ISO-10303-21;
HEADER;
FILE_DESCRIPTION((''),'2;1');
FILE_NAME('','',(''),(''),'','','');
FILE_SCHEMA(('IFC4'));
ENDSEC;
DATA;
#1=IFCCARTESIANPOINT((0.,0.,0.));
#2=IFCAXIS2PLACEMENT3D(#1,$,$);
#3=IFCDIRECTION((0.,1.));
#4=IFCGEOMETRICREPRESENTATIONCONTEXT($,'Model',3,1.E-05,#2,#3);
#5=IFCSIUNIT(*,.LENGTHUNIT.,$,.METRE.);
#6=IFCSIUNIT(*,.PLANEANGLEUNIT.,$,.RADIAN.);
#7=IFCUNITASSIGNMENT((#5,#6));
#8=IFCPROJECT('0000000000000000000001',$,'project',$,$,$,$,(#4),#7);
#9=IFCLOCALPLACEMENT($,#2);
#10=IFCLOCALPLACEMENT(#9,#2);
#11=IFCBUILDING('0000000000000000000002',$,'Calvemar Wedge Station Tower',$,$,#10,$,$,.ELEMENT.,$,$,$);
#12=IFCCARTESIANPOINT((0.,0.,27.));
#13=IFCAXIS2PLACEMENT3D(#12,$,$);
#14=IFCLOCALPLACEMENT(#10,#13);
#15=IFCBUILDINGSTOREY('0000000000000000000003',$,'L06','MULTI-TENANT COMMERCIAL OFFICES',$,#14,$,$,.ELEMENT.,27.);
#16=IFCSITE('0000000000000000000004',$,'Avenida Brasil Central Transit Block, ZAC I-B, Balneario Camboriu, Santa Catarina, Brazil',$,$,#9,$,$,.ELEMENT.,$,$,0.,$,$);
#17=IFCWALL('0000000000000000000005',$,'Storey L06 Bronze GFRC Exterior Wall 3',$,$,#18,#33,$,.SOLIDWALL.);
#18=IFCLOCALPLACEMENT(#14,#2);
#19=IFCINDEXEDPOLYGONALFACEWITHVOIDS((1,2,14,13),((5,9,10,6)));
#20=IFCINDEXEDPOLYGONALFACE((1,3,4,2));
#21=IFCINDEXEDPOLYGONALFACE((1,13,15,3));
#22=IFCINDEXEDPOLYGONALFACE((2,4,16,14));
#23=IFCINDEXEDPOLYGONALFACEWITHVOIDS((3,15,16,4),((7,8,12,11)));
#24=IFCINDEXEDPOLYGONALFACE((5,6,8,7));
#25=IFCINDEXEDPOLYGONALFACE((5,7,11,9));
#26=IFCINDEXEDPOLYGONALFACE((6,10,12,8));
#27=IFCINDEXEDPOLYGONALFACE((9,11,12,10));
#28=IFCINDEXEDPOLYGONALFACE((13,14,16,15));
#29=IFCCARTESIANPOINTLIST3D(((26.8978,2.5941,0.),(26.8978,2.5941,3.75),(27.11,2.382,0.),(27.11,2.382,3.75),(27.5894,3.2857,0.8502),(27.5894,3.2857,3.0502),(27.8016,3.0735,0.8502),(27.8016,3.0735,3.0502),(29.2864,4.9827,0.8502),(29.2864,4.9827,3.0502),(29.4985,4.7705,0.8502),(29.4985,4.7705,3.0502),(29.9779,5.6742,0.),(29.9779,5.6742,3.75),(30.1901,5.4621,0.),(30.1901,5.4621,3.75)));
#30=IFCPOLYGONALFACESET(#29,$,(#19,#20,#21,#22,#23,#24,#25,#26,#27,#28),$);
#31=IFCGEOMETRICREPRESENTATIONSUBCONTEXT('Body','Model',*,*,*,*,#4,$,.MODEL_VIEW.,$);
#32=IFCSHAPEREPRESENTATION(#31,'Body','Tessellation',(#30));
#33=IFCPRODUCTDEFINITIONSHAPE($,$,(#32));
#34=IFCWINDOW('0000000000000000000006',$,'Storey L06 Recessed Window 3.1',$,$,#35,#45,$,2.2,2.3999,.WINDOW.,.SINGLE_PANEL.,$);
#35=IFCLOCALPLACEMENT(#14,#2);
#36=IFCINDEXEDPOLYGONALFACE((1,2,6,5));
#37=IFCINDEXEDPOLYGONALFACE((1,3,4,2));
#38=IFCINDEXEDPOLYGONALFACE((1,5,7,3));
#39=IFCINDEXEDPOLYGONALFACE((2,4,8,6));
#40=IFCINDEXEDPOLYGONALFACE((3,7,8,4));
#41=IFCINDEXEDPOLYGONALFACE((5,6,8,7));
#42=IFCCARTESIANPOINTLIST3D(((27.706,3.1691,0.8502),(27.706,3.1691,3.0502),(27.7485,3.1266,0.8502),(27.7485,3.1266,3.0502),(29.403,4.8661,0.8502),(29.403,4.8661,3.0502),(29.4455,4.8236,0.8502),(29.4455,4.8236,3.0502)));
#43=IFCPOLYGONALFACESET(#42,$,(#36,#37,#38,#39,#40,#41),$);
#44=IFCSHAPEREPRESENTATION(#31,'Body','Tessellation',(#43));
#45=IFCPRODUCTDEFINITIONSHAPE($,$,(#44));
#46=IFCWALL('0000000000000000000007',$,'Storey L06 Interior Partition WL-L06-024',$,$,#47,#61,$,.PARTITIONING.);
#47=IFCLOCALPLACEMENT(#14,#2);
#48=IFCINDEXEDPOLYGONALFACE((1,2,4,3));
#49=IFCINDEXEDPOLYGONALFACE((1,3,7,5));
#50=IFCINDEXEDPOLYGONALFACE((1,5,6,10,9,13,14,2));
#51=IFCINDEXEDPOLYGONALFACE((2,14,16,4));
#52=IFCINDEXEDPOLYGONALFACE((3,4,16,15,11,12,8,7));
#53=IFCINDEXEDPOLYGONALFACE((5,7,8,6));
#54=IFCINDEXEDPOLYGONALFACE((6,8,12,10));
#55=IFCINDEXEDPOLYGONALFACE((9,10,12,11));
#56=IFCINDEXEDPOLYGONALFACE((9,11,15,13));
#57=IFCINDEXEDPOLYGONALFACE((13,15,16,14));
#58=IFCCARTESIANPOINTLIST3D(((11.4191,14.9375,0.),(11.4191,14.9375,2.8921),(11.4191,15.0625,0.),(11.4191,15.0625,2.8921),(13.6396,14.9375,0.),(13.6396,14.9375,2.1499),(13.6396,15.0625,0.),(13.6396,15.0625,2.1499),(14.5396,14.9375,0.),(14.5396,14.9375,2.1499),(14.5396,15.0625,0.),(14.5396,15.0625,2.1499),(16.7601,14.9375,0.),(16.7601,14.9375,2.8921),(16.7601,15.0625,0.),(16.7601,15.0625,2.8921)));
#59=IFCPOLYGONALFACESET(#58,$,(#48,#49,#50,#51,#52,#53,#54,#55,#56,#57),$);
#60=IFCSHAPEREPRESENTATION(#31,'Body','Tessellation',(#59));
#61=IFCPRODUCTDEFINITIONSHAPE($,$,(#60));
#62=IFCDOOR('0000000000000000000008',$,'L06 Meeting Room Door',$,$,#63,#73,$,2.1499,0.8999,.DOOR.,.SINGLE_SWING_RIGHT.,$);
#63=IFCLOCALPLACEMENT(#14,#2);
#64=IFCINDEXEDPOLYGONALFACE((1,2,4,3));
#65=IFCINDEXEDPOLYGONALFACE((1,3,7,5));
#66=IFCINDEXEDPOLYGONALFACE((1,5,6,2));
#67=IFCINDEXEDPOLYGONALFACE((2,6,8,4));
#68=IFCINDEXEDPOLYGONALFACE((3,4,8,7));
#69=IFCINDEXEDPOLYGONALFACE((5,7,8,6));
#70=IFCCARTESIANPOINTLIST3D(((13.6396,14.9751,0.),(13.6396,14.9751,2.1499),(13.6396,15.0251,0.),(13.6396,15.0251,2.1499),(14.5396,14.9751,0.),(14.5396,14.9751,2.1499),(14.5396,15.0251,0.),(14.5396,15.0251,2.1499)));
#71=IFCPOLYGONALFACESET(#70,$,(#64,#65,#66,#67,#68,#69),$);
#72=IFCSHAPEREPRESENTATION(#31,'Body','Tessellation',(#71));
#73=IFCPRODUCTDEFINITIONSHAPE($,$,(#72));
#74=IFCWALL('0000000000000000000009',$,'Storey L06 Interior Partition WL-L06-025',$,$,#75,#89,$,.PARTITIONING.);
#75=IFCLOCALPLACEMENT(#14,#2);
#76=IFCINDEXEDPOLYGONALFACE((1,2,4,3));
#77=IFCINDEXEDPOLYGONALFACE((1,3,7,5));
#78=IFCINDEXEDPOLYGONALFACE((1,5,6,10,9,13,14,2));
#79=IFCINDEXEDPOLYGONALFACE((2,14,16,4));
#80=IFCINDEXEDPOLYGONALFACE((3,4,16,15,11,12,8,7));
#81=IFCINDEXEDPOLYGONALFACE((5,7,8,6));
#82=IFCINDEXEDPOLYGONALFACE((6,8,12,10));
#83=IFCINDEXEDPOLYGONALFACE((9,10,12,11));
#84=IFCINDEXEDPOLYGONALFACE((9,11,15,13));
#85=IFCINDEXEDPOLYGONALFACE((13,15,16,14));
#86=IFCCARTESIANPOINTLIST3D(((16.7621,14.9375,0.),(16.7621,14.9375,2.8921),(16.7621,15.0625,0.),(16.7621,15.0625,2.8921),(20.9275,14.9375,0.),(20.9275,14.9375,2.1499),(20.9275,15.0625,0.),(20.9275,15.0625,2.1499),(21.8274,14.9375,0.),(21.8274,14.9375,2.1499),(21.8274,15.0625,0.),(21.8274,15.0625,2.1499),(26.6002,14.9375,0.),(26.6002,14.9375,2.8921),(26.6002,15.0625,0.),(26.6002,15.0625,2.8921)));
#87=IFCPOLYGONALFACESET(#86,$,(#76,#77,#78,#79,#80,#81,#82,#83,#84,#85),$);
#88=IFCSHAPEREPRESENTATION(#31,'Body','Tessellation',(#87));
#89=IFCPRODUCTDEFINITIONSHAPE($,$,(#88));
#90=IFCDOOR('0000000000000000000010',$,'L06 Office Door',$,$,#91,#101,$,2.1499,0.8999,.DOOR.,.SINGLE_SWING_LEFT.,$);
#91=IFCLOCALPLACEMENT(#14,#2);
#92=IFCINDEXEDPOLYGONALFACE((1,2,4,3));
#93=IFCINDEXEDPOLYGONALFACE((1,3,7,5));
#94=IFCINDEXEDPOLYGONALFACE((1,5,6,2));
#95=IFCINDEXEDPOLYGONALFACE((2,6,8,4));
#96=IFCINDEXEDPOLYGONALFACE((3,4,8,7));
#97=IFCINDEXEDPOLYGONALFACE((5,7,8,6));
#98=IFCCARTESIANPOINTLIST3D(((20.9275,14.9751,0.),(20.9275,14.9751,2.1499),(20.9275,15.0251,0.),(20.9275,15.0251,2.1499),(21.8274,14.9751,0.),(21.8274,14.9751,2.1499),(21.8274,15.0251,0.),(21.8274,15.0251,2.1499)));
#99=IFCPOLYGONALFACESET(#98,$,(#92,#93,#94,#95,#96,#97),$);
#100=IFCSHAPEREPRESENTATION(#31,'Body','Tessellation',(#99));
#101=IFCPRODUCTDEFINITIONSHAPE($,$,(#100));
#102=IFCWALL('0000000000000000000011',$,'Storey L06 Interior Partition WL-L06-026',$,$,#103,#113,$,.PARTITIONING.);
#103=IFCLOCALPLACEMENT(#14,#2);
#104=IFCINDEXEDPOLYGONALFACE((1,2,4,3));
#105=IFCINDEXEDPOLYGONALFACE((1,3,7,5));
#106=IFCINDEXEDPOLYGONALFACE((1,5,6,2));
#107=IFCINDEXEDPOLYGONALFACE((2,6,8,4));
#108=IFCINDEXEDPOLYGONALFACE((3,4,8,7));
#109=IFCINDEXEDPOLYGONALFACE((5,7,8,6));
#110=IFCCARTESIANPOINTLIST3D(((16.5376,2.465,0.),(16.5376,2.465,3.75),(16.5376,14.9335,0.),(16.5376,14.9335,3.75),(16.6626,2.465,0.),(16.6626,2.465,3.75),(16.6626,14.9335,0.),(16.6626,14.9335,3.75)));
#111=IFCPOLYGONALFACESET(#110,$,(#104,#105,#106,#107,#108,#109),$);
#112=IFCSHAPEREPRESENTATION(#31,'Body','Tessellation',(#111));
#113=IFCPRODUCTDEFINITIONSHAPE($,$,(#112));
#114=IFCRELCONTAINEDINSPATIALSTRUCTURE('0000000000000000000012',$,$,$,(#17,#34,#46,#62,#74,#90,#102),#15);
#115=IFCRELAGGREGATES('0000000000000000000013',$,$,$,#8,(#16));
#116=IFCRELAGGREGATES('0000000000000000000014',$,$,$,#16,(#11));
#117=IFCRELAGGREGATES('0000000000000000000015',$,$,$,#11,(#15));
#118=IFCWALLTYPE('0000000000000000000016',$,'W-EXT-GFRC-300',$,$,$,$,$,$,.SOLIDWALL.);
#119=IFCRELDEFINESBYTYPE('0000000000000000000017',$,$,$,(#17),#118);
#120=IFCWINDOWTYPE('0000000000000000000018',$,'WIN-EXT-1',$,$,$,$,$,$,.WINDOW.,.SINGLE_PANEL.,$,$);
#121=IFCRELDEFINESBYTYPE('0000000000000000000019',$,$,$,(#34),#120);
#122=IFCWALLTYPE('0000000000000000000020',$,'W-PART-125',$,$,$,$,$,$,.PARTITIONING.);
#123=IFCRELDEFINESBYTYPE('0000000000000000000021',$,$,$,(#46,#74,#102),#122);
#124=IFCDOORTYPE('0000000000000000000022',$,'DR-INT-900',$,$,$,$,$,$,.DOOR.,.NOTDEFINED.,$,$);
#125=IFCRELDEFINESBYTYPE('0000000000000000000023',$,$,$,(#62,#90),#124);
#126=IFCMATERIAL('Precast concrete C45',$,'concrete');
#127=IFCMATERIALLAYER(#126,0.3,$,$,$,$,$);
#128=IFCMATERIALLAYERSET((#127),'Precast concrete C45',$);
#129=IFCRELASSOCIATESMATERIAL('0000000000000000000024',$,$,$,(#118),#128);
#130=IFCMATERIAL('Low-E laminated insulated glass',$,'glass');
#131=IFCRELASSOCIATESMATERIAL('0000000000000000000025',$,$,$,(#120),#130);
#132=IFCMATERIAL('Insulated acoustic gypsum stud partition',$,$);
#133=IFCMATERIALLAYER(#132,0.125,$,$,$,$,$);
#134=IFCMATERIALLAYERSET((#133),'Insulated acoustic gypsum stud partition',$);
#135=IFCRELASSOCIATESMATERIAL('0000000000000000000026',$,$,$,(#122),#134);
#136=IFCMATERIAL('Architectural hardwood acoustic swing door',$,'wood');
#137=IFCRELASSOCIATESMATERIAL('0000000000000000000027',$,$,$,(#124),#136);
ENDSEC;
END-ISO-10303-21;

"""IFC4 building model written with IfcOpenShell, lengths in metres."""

from ifc_helpers import new_model, si_unit, direction, frame, frame_2d, origin, place, context, subcontext, project, spatial, rectangle, extrude, source, transform, mapped, material, layer, layer_set, type_object, element, fill, save


model = new_model("IFC4")

# Units and contexts
model_context = context("Model", 3, precision=1e-05, world=origin(), true_north=direction((0.0, 1.0)))
body_context = subcontext(model_context, "Body", "Model", "MODEL_VIEW")
ifc_project = project(units=[si_unit("LENGTHUNIT", "METRE"), si_unit("PLANEANGLEUNIT", "RADIAN")], contexts=[model_context])

# Site, building, storey
site_placement = place(None, origin())
site = spatial("IfcSite", under=ifc_project, at=site_placement, Name="Avenida Brasil Central Transit Block, ZAC I-B, Balneario Camboriu, Santa Catarina, Brazil", CompositionType="ELEMENT", RefElevation=0.0)
building_placement = place(site_placement, origin())
building = spatial("IfcBuilding", under=site, at=building_placement, Name="Calvemar Wedge Station Tower", CompositionType="ELEMENT")
storey_placement = place(building_placement, frame((0.0, 0.0, 27.0)))
storey = spatial("IfcBuildingStorey", under=building, at=storey_placement, Name="L06", Description="MULTI-TENANT COMMERCIAL OFFICES", CompositionType="ELEMENT", Elevation=27.0)

# Shared definitions
ifc_material_1 = material(Name="Precast concrete C45", Category="concrete")
ifc_layer_1 = layer(ifc_material_1, 0.3)
ifc_layer_set_1 = layer_set([ifc_layer_1], Name="Precast concrete C45")
wall_type_1 = type_object("IfcWallType", Name="W-EXT-GFRC-300", PredefinedType="SOLIDWALL", material=ifc_layer_set_1)
shared_shape_1 = source(origin(), body_context, "Body", "SweptSolid", [
    extrude(rectangle(XDim=2.3999, YDim=2.2, at=frame_2d((1.2, 1.1001))), frame((0.0, 0.1602, 0.0), z_axis=(0.0, -1.0, 0.0), x_axis=(1.0, 0.0, 0.0)), (0.0, 0.0, 1.0), 0.3201),
])
ifc_material_2 = material(Name="Low-E laminated insulated glass", Category="glass")
window_type_1 = type_object("IfcWindowType", Name="WIN-EXT-1", PartitioningType="SINGLE_PANEL", PredefinedType="WINDOW", material=ifc_material_2)
shared_shape_2 = source(origin(), body_context, "Body", "SweptSolid", [
    extrude(rectangle(XDim=2.3999, YDim=2.2, at=frame_2d((1.2, 1.1001))), frame((0.0, -0.0149, 0.0), z_axis=(0.0, -1.0, 0.0), x_axis=(1.0, 0.0, 0.0)), (0.0, 0.0, 1.0), 0.0601),
])

# Wall, opening, window
wall_1_placement = place(storey_placement, frame((27.0039, 2.488, 0.0), z_axis=(0.0, 0.0, 1.0), x_axis=(0.707107, 0.707107, 0.0)))
wall_1 = element("IfcWall", 1, at=wall_1_placement, inside=storey, type_object=wall_type_1, Name="Storey L06 Bronze GFRC Exterior Wall 3", PredefinedType="SOLIDWALL", context=body_context, shape_type="SweptSolid", body=[
    extrude(rectangle(XDim=4.356, YDim=0.3, at=frame_2d((2.178, 0.0))), origin(), (0.0, 0.0, 1.0), 3.75),
])
opening_1_placement = place(wall_1_placement, frame((0.978, 0.0, 0.8501)))
opening_1 = element("IfcOpeningElement", 2, at=opening_1_placement, cuts=wall_1, PredefinedType="OPENING", context=body_context, shape_type="MappedRepresentation", body=[
    mapped(shared_shape_1, transform((0.0, 0.0, 0.0), scale=1.0)),
])
window_1_placement = place(opening_1_placement, origin())
window_1 = element("IfcWindow", 3, at=window_1_placement, inside=storey, type_object=window_type_1, Name="Storey L06 Recessed Window 3.1", OverallHeight=2.2, OverallWidth=2.3999, PartitioningType="SINGLE_PANEL", PredefinedType="WINDOW", context=body_context, shape_type="MappedRepresentation", body=[
    mapped(shared_shape_2, transform((0.0, 0.0, 0.0), scale=1.0)),
])
fill(opening_1, window_1)

# Walls, openings, doors
ifc_material_3 = material(Name="Insulated acoustic gypsum stud partition")
ifc_layer_2 = layer(ifc_material_3, 0.125)
ifc_layer_set_2 = layer_set([ifc_layer_2], Name="Insulated acoustic gypsum stud partition")
wall_type_2 = type_object("IfcWallType", Name="W-PART-125", PredefinedType="PARTITIONING", material=ifc_layer_set_2)
wall_2_placement = place(storey_placement, frame((16.76, 15.0, 0.0), z_axis=(0.0, 0.0, 1.0), x_axis=(-1.0, 0.0, 0.0)))
wall_2 = element("IfcWall", 4, at=wall_2_placement, inside=storey, type_object=wall_type_2, Name="Storey L06 Interior Partition WL-L06-024", PredefinedType="PARTITIONING", context=body_context, shape_type="SweptSolid", body=[
    extrude(rectangle(XDim=5.3411, YDim=0.125, at=frame_2d((2.6704, 0.0))), origin(), (0.0, 0.0, 1.0), 2.8921),
])
shared_shape_3 = source(origin(), body_context, "Body", "SweptSolid", [
    extrude(rectangle(XDim=0.8999, YDim=2.1499, at=frame_2d((0.45, 1.075))), frame((0.0, 0.0725, 0.0), z_axis=(0.0, -1.0, 0.0), x_axis=(1.0, 0.0, 0.0)), (0.0, 0.0, 1.0), 0.145),
])
opening_2_placement = place(wall_2_placement, frame((2.2205, 0.0, 0.0)))
opening_2 = element("IfcOpeningElement", 5, at=opening_2_placement, cuts=wall_2, PredefinedType="OPENING", context=body_context, shape_type="MappedRepresentation", body=[
    mapped(shared_shape_3, transform((0.0, 0.0, 0.0), scale=1.0)),
])
ifc_material_4 = material(Name="Architectural hardwood acoustic swing door", Category="wood")
door_type = type_object("IfcDoorType", Name="DR-INT-900", OperationType="NOTDEFINED", PredefinedType="DOOR", material=ifc_material_4)
shared_shape_4 = source(origin(), body_context, "Body", "SweptSolid", [
    extrude(rectangle(XDim=0.8999, YDim=2.1499, at=frame_2d((0.45, 1.075))), frame((0.0, 0.0249, 0.0), z_axis=(0.0, -1.0, 0.0), x_axis=(1.0, 0.0, 0.0)), (0.0, 0.0, 1.0), 0.05),
])
door_1_placement = place(opening_2_placement, origin())
door_1 = element("IfcDoor", 6, at=door_1_placement, inside=storey, type_object=door_type, Name="L06 Meeting Room Door", OperationType="SINGLE_SWING_RIGHT", OverallHeight=2.1499, OverallWidth=0.8999, PredefinedType="DOOR", context=body_context, shape_type="MappedRepresentation", body=[
    mapped(shared_shape_4, transform((0.0, 0.0, 0.0), scale=1.0)),
])
fill(opening_2, door_1)
wall_3_placement = place(storey_placement, frame((26.6001, 15.0, 0.0), z_axis=(0.0, 0.0, 1.0), x_axis=(-1.0, 0.0, 0.0)))
wall_3 = element("IfcWall", 7, at=wall_3_placement, inside=storey, type_object=wall_type_2, Name="Storey L06 Interior Partition WL-L06-025", PredefinedType="PARTITIONING", context=body_context, shape_type="SweptSolid", body=[
    extrude(rectangle(XDim=9.8381, YDim=0.125, at=frame_2d((4.9189, 0.0))), origin(), (0.0, 0.0, 1.0), 2.8921),
])
opening_3_placement = place(wall_3_placement, frame((4.7727, 0.0, 0.0)))
opening_3 = element("IfcOpeningElement", 8, at=opening_3_placement, cuts=wall_3, PredefinedType="OPENING", context=body_context, shape_type="MappedRepresentation", body=[
    mapped(shared_shape_3, transform((0.0, 0.0, 0.0), scale=1.0)),
])
door_2_placement = place(opening_3_placement, origin())
door_2 = element("IfcDoor", 9, at=door_2_placement, inside=storey, type_object=door_type, Name="L06 Office Door", OperationType="SINGLE_SWING_LEFT", OverallHeight=2.1499, OverallWidth=0.8999, PredefinedType="DOOR", context=body_context, shape_type="MappedRepresentation", body=[
    mapped(shared_shape_4, transform((0.0, 0.0, 0.0), scale=1.0)),
])
fill(opening_3, door_2)

# Wall
wall_4_placement = place(storey_placement, frame((16.6001, 14.9336, 0.0), z_axis=(0.0, 0.0, 1.0), x_axis=(0.0, -1.0, 0.0)))
element("IfcWall", 10, at=wall_4_placement, inside=storey, type_object=wall_type_2, Name="Storey L06 Interior Partition WL-L06-026", PredefinedType="PARTITIONING", context=body_context, shape_type="SweptSolid", body=[
    extrude(rectangle(XDim=12.4685, YDim=0.125, at=frame_2d((6.2344, 0.0))), origin(), (0.0, 0.0, 1.0), 3.75),
])

save(model, "model.ifc")
